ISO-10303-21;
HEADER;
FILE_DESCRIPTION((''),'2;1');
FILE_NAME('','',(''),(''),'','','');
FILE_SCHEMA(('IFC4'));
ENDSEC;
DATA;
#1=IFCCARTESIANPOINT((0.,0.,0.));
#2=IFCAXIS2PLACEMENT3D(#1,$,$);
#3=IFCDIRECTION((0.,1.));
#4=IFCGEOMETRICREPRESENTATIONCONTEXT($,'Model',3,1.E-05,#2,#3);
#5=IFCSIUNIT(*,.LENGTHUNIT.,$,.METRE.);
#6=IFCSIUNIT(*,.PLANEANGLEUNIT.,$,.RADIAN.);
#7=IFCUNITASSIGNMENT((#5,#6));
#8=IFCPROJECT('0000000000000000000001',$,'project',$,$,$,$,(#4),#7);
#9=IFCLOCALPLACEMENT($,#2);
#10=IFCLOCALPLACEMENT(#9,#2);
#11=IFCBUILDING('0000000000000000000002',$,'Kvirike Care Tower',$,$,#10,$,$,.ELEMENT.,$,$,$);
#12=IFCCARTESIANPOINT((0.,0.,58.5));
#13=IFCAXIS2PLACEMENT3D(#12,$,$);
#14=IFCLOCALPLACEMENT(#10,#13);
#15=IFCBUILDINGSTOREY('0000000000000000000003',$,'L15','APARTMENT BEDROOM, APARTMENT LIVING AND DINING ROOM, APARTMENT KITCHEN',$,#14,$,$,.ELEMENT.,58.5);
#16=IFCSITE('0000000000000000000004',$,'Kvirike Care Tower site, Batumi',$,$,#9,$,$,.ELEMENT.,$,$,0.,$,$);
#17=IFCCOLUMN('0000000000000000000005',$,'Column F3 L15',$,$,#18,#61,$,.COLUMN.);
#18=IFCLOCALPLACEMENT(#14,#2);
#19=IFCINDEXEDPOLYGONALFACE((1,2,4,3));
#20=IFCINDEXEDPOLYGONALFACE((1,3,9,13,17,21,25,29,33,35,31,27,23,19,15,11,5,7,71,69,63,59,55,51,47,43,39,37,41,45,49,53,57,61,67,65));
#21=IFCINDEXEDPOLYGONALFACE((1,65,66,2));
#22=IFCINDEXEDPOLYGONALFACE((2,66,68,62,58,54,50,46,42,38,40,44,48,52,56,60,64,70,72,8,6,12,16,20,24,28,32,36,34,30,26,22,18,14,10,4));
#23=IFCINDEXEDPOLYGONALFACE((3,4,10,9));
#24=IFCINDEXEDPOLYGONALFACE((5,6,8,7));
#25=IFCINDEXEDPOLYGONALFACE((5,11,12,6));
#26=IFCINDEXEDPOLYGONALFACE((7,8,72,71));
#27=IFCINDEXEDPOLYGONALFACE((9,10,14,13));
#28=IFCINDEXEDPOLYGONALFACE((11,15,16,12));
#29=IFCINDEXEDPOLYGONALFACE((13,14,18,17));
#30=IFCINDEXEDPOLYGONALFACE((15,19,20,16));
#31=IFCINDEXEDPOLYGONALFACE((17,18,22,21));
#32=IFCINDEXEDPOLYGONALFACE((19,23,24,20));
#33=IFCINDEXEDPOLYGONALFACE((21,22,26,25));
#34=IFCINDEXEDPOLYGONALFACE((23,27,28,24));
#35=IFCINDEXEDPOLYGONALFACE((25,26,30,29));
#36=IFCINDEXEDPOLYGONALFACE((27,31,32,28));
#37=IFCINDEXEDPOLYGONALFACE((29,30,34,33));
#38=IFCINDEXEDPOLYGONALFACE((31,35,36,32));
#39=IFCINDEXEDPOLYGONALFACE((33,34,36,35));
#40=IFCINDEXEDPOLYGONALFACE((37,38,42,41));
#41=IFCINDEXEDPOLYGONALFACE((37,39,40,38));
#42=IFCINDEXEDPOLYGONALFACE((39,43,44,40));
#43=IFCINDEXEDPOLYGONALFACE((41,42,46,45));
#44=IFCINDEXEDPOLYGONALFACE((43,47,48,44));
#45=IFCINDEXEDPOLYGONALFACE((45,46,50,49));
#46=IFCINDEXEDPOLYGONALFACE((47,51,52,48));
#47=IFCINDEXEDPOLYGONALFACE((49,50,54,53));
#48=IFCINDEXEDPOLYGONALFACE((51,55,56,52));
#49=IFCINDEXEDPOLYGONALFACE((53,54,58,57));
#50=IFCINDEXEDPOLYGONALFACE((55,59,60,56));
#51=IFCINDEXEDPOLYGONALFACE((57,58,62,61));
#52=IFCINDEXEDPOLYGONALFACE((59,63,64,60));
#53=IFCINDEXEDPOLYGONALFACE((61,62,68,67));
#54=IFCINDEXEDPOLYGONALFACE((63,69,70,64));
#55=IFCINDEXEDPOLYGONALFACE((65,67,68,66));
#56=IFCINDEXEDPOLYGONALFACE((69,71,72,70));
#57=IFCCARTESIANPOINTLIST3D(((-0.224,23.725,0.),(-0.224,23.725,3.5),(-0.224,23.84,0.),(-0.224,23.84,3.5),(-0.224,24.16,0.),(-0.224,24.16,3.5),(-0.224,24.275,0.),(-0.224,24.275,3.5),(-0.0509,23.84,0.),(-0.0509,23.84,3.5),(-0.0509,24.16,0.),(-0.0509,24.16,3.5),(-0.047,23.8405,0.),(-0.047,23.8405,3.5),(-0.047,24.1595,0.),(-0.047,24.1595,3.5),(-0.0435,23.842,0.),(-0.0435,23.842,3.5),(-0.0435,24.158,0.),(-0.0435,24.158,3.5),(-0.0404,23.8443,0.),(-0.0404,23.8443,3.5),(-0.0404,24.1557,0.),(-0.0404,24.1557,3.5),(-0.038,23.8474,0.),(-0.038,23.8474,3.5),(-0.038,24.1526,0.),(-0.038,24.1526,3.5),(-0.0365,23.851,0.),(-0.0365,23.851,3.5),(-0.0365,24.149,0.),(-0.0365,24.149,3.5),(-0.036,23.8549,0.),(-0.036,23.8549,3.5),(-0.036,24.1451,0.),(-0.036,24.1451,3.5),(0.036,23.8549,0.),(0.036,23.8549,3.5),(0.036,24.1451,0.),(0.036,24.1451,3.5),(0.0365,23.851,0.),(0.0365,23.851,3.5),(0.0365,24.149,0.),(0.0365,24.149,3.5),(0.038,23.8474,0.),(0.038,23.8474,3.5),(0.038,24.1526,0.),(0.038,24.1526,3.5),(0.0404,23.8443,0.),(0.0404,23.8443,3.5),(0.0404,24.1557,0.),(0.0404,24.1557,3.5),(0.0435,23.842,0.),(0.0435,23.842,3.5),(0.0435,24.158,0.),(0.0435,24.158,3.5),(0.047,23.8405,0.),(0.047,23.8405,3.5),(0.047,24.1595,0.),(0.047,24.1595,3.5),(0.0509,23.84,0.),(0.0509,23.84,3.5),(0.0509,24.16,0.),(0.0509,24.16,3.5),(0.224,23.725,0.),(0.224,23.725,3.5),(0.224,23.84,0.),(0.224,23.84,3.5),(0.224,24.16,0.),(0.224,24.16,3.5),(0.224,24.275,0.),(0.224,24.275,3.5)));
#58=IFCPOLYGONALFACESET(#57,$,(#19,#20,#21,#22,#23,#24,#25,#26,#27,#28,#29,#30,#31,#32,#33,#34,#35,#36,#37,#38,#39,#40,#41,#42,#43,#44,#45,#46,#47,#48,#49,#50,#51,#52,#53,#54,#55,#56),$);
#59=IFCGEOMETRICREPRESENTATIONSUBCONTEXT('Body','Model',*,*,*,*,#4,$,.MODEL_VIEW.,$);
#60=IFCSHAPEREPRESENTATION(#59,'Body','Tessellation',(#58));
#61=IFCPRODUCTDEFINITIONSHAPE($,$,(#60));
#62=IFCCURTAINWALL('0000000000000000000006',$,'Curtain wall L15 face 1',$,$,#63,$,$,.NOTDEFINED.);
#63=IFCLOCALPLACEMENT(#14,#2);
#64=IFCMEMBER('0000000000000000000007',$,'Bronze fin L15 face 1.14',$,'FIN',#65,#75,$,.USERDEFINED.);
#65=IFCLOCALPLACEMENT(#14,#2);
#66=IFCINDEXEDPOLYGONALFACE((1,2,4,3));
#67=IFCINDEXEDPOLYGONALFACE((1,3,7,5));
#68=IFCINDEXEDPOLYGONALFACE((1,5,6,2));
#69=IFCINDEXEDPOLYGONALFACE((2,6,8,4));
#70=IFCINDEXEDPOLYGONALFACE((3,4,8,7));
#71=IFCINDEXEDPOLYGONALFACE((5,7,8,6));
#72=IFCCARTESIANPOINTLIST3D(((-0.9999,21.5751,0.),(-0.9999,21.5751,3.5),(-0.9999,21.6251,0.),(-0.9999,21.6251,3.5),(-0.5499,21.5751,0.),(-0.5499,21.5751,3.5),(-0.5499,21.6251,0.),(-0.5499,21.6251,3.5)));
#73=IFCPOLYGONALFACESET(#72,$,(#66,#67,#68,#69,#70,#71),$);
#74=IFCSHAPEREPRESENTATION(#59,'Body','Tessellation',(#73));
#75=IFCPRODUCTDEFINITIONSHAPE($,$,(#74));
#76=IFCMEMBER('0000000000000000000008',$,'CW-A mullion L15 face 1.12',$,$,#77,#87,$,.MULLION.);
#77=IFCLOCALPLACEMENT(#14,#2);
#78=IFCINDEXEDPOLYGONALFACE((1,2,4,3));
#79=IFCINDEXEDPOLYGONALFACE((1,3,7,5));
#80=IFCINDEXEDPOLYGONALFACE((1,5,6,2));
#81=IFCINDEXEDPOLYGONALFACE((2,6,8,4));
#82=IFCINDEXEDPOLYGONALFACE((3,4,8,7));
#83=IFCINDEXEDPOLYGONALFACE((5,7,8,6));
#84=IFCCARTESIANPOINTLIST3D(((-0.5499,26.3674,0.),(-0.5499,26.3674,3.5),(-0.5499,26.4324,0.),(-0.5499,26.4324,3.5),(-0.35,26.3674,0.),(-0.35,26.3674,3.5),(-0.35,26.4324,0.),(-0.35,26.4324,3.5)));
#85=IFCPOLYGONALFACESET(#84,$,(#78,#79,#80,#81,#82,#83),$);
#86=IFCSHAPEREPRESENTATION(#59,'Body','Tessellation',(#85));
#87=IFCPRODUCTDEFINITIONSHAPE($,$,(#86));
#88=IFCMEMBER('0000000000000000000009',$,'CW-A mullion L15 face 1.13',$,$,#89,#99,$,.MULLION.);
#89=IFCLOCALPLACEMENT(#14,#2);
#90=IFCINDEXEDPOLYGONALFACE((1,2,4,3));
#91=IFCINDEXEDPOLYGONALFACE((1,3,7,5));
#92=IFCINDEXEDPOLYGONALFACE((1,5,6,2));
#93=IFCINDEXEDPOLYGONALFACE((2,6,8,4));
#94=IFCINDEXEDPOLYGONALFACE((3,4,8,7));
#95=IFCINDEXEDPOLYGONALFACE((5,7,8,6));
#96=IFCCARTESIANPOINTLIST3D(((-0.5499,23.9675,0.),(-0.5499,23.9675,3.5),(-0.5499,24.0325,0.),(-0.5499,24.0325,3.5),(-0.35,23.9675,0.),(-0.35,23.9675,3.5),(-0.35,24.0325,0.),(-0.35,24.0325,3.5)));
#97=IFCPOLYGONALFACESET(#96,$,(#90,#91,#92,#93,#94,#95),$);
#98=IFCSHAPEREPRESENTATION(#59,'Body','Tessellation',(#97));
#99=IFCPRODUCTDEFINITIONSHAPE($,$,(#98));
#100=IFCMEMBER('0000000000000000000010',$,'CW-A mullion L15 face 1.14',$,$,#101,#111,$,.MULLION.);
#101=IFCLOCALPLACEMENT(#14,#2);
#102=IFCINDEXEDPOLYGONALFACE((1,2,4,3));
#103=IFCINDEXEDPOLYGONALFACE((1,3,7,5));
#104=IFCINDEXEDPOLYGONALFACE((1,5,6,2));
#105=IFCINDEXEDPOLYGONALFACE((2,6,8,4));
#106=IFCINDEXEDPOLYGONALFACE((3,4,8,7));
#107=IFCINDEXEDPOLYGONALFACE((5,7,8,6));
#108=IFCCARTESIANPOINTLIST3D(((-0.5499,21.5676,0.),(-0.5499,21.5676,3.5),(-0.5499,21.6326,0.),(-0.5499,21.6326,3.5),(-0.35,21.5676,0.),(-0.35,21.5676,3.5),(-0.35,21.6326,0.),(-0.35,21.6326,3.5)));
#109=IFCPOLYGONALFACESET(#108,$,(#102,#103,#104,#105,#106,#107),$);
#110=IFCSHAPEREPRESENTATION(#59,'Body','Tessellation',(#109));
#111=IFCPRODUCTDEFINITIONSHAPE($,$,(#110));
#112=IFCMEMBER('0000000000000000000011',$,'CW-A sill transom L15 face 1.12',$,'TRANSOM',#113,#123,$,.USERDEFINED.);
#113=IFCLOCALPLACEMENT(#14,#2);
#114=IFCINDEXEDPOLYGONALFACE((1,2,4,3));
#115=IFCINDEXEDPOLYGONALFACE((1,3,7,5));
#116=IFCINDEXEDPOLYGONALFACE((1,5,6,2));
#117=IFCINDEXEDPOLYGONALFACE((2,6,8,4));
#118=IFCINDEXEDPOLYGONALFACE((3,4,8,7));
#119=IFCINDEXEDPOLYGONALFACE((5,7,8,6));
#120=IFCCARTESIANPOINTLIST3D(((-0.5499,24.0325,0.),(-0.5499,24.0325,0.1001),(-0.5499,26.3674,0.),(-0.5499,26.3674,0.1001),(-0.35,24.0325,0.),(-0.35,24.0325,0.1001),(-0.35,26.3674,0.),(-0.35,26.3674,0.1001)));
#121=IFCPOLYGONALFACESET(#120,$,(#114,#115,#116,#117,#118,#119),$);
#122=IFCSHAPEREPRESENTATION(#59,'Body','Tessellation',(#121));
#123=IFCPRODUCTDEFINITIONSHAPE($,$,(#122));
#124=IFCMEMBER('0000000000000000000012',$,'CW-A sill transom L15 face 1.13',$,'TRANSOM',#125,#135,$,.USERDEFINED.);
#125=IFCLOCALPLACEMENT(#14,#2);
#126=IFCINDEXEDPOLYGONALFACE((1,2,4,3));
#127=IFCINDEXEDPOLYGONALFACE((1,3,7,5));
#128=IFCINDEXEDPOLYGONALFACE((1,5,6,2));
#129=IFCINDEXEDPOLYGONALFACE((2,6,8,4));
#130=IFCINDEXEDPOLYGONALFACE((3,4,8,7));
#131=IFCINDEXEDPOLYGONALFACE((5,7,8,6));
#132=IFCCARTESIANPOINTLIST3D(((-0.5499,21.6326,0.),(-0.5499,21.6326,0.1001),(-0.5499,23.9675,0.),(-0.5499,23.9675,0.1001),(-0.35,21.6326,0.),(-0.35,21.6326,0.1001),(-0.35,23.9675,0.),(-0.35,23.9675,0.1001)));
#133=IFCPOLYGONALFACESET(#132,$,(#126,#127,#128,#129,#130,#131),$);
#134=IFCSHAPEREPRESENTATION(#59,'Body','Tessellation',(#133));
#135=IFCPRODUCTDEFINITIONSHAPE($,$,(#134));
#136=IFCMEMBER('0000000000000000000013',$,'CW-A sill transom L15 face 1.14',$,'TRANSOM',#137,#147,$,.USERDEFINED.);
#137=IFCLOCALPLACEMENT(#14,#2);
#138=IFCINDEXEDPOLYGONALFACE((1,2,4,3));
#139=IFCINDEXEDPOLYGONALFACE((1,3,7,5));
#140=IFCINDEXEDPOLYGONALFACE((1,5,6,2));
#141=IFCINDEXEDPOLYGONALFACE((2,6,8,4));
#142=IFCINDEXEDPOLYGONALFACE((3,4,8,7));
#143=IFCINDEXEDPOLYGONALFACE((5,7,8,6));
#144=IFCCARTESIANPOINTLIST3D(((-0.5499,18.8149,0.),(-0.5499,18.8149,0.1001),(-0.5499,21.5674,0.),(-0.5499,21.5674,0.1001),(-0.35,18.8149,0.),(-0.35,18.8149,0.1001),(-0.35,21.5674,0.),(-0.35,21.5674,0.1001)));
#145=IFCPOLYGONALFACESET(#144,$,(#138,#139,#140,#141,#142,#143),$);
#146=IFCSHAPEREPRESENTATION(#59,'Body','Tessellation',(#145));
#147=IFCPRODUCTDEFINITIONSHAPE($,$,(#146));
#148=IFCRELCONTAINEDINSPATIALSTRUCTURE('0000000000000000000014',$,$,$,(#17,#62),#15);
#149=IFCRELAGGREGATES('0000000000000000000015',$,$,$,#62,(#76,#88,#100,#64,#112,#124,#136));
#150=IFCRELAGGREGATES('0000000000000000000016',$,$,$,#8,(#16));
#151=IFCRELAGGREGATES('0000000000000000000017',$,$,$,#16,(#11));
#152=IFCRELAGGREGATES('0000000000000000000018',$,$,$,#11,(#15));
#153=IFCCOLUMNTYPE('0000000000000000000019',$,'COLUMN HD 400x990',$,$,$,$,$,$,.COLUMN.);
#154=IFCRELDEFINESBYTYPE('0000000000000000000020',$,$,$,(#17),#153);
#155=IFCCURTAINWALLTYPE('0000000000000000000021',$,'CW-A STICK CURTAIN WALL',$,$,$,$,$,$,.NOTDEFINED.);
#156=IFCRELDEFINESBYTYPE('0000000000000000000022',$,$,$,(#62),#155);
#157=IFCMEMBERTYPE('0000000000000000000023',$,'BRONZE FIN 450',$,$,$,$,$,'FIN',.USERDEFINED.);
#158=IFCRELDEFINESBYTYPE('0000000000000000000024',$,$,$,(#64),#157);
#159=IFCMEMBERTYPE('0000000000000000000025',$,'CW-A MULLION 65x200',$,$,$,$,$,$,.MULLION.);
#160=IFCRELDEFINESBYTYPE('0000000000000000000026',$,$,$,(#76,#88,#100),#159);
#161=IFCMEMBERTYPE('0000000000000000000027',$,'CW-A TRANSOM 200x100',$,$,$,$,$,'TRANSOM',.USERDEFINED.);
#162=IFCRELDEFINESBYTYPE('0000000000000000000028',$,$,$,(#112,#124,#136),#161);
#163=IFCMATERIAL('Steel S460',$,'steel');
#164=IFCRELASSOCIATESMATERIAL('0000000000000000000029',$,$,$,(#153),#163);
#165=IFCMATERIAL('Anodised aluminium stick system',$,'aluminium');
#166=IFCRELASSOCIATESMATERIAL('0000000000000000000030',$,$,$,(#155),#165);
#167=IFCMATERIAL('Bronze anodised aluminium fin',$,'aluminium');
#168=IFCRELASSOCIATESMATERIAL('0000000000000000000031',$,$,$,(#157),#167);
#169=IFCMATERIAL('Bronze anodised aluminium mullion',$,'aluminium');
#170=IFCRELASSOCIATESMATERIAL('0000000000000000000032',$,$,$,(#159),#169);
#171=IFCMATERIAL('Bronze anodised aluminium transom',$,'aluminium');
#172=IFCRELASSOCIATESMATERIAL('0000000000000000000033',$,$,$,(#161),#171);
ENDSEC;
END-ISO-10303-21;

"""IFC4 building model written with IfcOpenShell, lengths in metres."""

from ifc_helpers import new_model, si_unit, direction, frame, origin, origin_2d, place, context, subcontext, project, spatial, rectangle, i_section, extrude, material, material_profile, profile_set, type_object, element, aggregate, save


model = new_model("IFC4")

# Units and contexts
model_context = context("Model", 3, precision=1e-05, world=origin(), true_north=direction((0.0, 1.0)))
body_context = subcontext(model_context, "Body", "Model", "MODEL_VIEW")
ifc_project = project(units=[si_unit("LENGTHUNIT", "METRE"), si_unit("PLANEANGLEUNIT", "RADIAN")], contexts=[model_context])

# Site, building, storey
site_placement = place(None, origin())
site = spatial("IfcSite", under=ifc_project, at=site_placement, Name="Kvirike Care Tower site, Batumi", CompositionType="ELEMENT", RefElevation=0.0)
building_placement = place(site_placement, origin())
building = spatial("IfcBuilding", under=site, at=building_placement, Name="Kvirike Care Tower", CompositionType="ELEMENT")
storey_placement = place(building_placement, frame((0.0, 0.0, 58.5)))
storey = spatial("IfcBuildingStorey", under=building, at=storey_placement, Name="L15", Description="APARTMENT BEDROOM, APARTMENT LIVING AND DINING ROOM, APARTMENT KITCHEN", CompositionType="ELEMENT", Elevation=58.5)

# Column
ifc_material_1 = material(Name="Steel S460", Category="steel")
ifc_material_profile_1 = material_profile(ifc_material_1, i_section(OverallWidth=0.448, OverallDepth=0.55, WebThickness=0.072, FlangeThickness=0.115, FilletRadius=0.0149, at=origin_2d()), Name="HD 400x990")
ifc_profile_set_1 = profile_set([ifc_material_profile_1], Name="Steel S460")
column_type = type_object("IfcColumnType", Name="COLUMN HD 400x990", PredefinedType="COLUMN", material=ifc_profile_set_1)
column_placement = place(storey_placement, frame((0.0, 24.0, 0.0), z_axis=(0.0, 0.0, 1.0), x_axis=(1.0, 0.0, 0.0)))
element("IfcColumn", 1, at=column_placement, inside=storey, type_object=column_type, Name="Column F3 L15", PredefinedType="COLUMN", context=body_context, shape_type="SweptSolid", body=[
    extrude(i_section(OverallWidth=0.448, OverallDepth=0.55, WebThickness=0.072, FlangeThickness=0.115, FilletRadius=0.0149, at=origin_2d()), origin(), (0.0, 0.0, 1.0), 3.5),
])

# Curtain wall, members
ifc_material_2 = material(Name="Anodised aluminium stick system", Category="aluminium")
curtain_wall_type = type_object("IfcCurtainWallType", Name="CW-A STICK CURTAIN WALL", PredefinedType="NOTDEFINED", material=ifc_material_2)
curtain_wall_placement = place(storey_placement, origin())
curtain_wall = element("IfcCurtainWall", 2, at=curtain_wall_placement, inside=storey, type_object=curtain_wall_type, Name="Curtain wall L15 face 1", PredefinedType="NOTDEFINED")
ifc_material_3 = material(Name="Bronze anodised aluminium fin", Category="aluminium")
ifc_material_profile_2 = material_profile(ifc_material_3, rectangle(XDim=0.05, YDim=0.45, at=origin_2d()), Name="BRONZE FIN 450")
ifc_profile_set_2 = profile_set([ifc_material_profile_2], Name="Bronze anodised aluminium fin")
member_type_1 = type_object("IfcMemberType", Name="BRONZE FIN 450", ElementType="FIN", PredefinedType="USERDEFINED", material=ifc_profile_set_2)
member_1_placement = place(storey_placement, frame((-0.7749, 21.6001, 0.0), z_axis=(0.0, 0.0, 1.0), x_axis=(0.0, -1.0, 0.0)))
member_1 = element("IfcMember", 3, at=member_1_placement, type_object=member_type_1, Name="Bronze fin L15 face 1.14", ObjectType="FIN", PredefinedType="USERDEFINED", context=body_context, shape_type="SweptSolid", body=[
    extrude(rectangle(XDim=0.05, YDim=0.45, at=origin_2d()), origin(), (0.0, 0.0, 1.0), 3.5),
])
ifc_material_4 = material(Name="Bronze anodised aluminium mullion", Category="aluminium")
ifc_material_profile_3 = material_profile(ifc_material_4, rectangle(XDim=0.0649, YDim=0.2, at=origin_2d()), Name="CW-A MULLION 65x200")
ifc_profile_set_3 = profile_set([ifc_material_profile_3], Name="Bronze anodised aluminium mullion")
member_type_2 = type_object("IfcMemberType", Name="CW-A MULLION 65x200", PredefinedType="MULLION", material=ifc_profile_set_3)
member_2_placement = place(storey_placement, frame((-0.45, 26.3999, 0.0), z_axis=(0.0, 0.0, 1.0), x_axis=(0.0, -1.0, 0.0)))
member_2 = element("IfcMember", 4, at=member_2_placement, type_object=member_type_2, Name="CW-A mullion L15 face 1.12", PredefinedType="MULLION", context=body_context, shape_type="SweptSolid", body=[
    extrude(rectangle(XDim=0.0649, YDim=0.2, at=origin_2d()), origin(), (0.0, 0.0, 1.0), 3.5),
])
member_3_placement = place(storey_placement, frame((-0.45, 24.0, 0.0), z_axis=(0.0, 0.0, 1.0), x_axis=(0.0, -1.0, 0.0)))
member_3 = element("IfcMember", 5, at=member_3_placement, type_object=member_type_2, Name="CW-A mullion L15 face 1.13", PredefinedType="MULLION", context=body_context, shape_type="SweptSolid", body=[
    extrude(rectangle(XDim=0.0649, YDim=0.2, at=origin_2d()), origin(), (0.0, 0.0, 1.0), 3.5),
])
member_4_placement = place(storey_placement, frame((-0.45, 21.6001, 0.0), z_axis=(0.0, 0.0, 1.0), x_axis=(0.0, -1.0, 0.0)))
member_4 = element("IfcMember", 6, at=member_4_placement, type_object=member_type_2, Name="CW-A mullion L15 face 1.14", PredefinedType="MULLION", context=body_context, shape_type="SweptSolid", body=[
    extrude(rectangle(XDim=0.0649, YDim=0.2, at=origin_2d()), origin(), (0.0, 0.0, 1.0), 3.5),
])
ifc_material_5 = material(Name="Bronze anodised aluminium transom", Category="aluminium")
ifc_material_profile_4 = material_profile(ifc_material_5, rectangle(XDim=0.2, YDim=0.1001, at=origin_2d()), Name="CW-A TRANSOM 200x100")
ifc_profile_set_4 = profile_set([ifc_material_profile_4], Name="Bronze anodised aluminium transom")
member_type_3 = type_object("IfcMemberType", Name="CW-A TRANSOM 200x100", ElementType="TRANSOM", PredefinedType="USERDEFINED", material=ifc_profile_set_4)
member_5_placement = place(storey_placement, frame((-0.45, 26.3674, 0.05), z_axis=(0.0, -1.0, 0.0), x_axis=(1.0, 0.0, 0.0)))
member_5 = element("IfcMember", 7, at=member_5_placement, type_object=member_type_3, Name="CW-A sill transom L15 face 1.12", ObjectType="TRANSOM", PredefinedType="USERDEFINED", context=body_context, shape_type="SweptSolid", body=[
    extrude(rectangle(XDim=0.2, YDim=0.1001, at=origin_2d()), origin(), (0.0, 0.0, 1.0), 2.335),
])
member_6_placement = place(storey_placement, frame((-0.45, 23.9675, 0.05), z_axis=(0.0, -1.0, 0.0), x_axis=(1.0, 0.0, 0.0)))
member_6 = element("IfcMember", 8, at=member_6_placement, type_object=member_type_3, Name="CW-A sill transom L15 face 1.13", ObjectType="TRANSOM", PredefinedType="USERDEFINED", context=body_context, shape_type="SweptSolid", body=[
    extrude(rectangle(XDim=0.2, YDim=0.1001, at=origin_2d()), origin(), (0.0, 0.0, 1.0), 2.335),
])
member_7_placement = place(storey_placement, frame((-0.45, 21.5674, 0.05), z_axis=(0.0, -1.0, 0.0), x_axis=(1.0, 0.0, 0.0)))
member_7 = element("IfcMember", 9, at=member_7_placement, type_object=member_type_3, Name="CW-A sill transom L15 face 1.14", ObjectType="TRANSOM", PredefinedType="USERDEFINED", context=body_context, shape_type="SweptSolid", body=[
    extrude(rectangle(XDim=0.2, YDim=0.1001, at=origin_2d()), origin(), (0.0, 0.0, 1.0), 2.7524),
])

aggregate(curtain_wall, [member_2, member_3, member_4, member_1, member_5, member_6, member_7])

save(model, "model.ifc")
